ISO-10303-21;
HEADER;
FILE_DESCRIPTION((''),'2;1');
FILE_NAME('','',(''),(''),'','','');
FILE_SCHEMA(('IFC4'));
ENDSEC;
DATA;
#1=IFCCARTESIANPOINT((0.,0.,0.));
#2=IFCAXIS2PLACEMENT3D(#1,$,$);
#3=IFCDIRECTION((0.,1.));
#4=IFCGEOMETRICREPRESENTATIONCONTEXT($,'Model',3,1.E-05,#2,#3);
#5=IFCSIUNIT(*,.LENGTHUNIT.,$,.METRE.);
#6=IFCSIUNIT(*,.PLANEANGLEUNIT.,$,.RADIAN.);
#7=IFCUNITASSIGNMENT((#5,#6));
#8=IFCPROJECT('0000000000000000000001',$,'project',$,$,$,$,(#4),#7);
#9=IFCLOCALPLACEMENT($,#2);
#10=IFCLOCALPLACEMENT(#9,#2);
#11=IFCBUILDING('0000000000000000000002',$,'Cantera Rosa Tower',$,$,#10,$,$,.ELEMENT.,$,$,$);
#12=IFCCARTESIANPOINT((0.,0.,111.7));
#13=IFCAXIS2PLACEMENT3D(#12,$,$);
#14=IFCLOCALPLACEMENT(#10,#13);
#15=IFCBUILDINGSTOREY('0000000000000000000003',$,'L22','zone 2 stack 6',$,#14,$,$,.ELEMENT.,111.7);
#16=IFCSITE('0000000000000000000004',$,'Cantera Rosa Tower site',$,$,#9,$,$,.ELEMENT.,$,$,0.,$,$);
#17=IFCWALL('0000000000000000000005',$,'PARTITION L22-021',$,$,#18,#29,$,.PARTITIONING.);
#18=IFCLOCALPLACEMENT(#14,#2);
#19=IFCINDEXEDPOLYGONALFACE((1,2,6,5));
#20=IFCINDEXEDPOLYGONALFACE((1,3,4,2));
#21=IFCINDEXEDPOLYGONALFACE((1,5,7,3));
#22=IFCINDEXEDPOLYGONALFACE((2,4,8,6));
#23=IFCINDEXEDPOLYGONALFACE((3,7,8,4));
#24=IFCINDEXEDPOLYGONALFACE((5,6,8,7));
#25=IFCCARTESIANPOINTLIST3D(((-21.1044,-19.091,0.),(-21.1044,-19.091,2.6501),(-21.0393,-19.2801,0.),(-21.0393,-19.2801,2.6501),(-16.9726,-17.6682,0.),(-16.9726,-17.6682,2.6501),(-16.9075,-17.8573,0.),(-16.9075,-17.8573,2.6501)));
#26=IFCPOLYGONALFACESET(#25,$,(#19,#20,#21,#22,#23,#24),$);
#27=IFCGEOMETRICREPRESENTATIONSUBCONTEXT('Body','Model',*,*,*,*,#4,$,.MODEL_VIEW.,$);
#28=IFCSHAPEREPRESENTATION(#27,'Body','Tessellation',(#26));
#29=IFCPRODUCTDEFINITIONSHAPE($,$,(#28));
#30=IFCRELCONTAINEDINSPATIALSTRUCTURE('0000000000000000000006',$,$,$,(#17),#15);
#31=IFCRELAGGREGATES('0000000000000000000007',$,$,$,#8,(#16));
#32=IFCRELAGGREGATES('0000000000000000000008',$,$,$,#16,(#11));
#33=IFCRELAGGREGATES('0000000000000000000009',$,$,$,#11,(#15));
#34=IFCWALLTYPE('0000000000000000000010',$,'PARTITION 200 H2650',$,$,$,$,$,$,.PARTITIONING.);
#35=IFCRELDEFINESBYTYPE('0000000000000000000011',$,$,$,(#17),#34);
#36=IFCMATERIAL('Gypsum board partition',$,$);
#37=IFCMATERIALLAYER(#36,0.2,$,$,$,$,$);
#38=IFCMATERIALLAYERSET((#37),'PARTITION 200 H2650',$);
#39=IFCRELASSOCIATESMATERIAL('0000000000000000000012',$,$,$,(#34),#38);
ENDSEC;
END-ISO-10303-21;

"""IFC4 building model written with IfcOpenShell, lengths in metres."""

from ifc_helpers import new_model, si_unit, direction, frame, frame_2d, origin, place, context, subcontext, project, spatial, rectangle, extrude, material, layer, layer_set, type_object, element, save


model = new_model("IFC4")

# Units and contexts
model_context = context("Model", 3, precision=1e-05, world=origin(), true_north=direction((0.0, 1.0)))
body_context = subcontext(model_context, "Body", "Model", "MODEL_VIEW")
ifc_project = project(units=[si_unit("LENGTHUNIT", "METRE"), si_unit("PLANEANGLEUNIT", "RADIAN")], contexts=[model_context])

# Site, building, storey
site_placement = place(None, origin())
site = spatial("IfcSite", under=ifc_project, at=site_placement, Name="Cantera Rosa Tower site", CompositionType="ELEMENT", RefElevation=0.0)
building_placement = place(site_placement, origin())
building = spatial("IfcBuilding", under=site, at=building_placement, Name="Cantera Rosa Tower", CompositionType="ELEMENT")
storey_placement = place(building_placement, frame((0.0, 0.0, 111.7)))
storey = spatial("IfcBuildingStorey", under=building, at=storey_placement, Name="L22", Description="zone 2 stack 6", CompositionType="ELEMENT", Elevation=111.7)

# Wall
ifc_material_1 = material(Name="Gypsum board partition")
ifc_layer_1 = layer(ifc_material_1, 0.2)
ifc_layer_set_1 = layer_set([ifc_layer_1], Name="PARTITION 200 H2650")
wall_type_1 = type_object("IfcWallType", Name="PARTITION 200 H2650", PredefinedType="PARTITIONING", material=ifc_layer_set_1)
wall_1_placement = place(storey_placement, frame((-16.9399, -17.7627, 0.0), z_axis=(0.0, 0.0, 1.0), x_axis=(-0.945508, -0.325598, 0.0)))
element("IfcWall", 1, at=wall_1_placement, inside=storey, type_object=wall_type_1, Name="PARTITION L22-021", PredefinedType="PARTITIONING", context=body_context, shape_type="SweptSolid", body=[
    extrude(rectangle(XDim=4.3699, YDim=0.2, at=frame_2d((2.1851, 0.0))), origin(), (0.0, 0.0, 1.0), 2.6501),
])

save(model, "model.ifc")
